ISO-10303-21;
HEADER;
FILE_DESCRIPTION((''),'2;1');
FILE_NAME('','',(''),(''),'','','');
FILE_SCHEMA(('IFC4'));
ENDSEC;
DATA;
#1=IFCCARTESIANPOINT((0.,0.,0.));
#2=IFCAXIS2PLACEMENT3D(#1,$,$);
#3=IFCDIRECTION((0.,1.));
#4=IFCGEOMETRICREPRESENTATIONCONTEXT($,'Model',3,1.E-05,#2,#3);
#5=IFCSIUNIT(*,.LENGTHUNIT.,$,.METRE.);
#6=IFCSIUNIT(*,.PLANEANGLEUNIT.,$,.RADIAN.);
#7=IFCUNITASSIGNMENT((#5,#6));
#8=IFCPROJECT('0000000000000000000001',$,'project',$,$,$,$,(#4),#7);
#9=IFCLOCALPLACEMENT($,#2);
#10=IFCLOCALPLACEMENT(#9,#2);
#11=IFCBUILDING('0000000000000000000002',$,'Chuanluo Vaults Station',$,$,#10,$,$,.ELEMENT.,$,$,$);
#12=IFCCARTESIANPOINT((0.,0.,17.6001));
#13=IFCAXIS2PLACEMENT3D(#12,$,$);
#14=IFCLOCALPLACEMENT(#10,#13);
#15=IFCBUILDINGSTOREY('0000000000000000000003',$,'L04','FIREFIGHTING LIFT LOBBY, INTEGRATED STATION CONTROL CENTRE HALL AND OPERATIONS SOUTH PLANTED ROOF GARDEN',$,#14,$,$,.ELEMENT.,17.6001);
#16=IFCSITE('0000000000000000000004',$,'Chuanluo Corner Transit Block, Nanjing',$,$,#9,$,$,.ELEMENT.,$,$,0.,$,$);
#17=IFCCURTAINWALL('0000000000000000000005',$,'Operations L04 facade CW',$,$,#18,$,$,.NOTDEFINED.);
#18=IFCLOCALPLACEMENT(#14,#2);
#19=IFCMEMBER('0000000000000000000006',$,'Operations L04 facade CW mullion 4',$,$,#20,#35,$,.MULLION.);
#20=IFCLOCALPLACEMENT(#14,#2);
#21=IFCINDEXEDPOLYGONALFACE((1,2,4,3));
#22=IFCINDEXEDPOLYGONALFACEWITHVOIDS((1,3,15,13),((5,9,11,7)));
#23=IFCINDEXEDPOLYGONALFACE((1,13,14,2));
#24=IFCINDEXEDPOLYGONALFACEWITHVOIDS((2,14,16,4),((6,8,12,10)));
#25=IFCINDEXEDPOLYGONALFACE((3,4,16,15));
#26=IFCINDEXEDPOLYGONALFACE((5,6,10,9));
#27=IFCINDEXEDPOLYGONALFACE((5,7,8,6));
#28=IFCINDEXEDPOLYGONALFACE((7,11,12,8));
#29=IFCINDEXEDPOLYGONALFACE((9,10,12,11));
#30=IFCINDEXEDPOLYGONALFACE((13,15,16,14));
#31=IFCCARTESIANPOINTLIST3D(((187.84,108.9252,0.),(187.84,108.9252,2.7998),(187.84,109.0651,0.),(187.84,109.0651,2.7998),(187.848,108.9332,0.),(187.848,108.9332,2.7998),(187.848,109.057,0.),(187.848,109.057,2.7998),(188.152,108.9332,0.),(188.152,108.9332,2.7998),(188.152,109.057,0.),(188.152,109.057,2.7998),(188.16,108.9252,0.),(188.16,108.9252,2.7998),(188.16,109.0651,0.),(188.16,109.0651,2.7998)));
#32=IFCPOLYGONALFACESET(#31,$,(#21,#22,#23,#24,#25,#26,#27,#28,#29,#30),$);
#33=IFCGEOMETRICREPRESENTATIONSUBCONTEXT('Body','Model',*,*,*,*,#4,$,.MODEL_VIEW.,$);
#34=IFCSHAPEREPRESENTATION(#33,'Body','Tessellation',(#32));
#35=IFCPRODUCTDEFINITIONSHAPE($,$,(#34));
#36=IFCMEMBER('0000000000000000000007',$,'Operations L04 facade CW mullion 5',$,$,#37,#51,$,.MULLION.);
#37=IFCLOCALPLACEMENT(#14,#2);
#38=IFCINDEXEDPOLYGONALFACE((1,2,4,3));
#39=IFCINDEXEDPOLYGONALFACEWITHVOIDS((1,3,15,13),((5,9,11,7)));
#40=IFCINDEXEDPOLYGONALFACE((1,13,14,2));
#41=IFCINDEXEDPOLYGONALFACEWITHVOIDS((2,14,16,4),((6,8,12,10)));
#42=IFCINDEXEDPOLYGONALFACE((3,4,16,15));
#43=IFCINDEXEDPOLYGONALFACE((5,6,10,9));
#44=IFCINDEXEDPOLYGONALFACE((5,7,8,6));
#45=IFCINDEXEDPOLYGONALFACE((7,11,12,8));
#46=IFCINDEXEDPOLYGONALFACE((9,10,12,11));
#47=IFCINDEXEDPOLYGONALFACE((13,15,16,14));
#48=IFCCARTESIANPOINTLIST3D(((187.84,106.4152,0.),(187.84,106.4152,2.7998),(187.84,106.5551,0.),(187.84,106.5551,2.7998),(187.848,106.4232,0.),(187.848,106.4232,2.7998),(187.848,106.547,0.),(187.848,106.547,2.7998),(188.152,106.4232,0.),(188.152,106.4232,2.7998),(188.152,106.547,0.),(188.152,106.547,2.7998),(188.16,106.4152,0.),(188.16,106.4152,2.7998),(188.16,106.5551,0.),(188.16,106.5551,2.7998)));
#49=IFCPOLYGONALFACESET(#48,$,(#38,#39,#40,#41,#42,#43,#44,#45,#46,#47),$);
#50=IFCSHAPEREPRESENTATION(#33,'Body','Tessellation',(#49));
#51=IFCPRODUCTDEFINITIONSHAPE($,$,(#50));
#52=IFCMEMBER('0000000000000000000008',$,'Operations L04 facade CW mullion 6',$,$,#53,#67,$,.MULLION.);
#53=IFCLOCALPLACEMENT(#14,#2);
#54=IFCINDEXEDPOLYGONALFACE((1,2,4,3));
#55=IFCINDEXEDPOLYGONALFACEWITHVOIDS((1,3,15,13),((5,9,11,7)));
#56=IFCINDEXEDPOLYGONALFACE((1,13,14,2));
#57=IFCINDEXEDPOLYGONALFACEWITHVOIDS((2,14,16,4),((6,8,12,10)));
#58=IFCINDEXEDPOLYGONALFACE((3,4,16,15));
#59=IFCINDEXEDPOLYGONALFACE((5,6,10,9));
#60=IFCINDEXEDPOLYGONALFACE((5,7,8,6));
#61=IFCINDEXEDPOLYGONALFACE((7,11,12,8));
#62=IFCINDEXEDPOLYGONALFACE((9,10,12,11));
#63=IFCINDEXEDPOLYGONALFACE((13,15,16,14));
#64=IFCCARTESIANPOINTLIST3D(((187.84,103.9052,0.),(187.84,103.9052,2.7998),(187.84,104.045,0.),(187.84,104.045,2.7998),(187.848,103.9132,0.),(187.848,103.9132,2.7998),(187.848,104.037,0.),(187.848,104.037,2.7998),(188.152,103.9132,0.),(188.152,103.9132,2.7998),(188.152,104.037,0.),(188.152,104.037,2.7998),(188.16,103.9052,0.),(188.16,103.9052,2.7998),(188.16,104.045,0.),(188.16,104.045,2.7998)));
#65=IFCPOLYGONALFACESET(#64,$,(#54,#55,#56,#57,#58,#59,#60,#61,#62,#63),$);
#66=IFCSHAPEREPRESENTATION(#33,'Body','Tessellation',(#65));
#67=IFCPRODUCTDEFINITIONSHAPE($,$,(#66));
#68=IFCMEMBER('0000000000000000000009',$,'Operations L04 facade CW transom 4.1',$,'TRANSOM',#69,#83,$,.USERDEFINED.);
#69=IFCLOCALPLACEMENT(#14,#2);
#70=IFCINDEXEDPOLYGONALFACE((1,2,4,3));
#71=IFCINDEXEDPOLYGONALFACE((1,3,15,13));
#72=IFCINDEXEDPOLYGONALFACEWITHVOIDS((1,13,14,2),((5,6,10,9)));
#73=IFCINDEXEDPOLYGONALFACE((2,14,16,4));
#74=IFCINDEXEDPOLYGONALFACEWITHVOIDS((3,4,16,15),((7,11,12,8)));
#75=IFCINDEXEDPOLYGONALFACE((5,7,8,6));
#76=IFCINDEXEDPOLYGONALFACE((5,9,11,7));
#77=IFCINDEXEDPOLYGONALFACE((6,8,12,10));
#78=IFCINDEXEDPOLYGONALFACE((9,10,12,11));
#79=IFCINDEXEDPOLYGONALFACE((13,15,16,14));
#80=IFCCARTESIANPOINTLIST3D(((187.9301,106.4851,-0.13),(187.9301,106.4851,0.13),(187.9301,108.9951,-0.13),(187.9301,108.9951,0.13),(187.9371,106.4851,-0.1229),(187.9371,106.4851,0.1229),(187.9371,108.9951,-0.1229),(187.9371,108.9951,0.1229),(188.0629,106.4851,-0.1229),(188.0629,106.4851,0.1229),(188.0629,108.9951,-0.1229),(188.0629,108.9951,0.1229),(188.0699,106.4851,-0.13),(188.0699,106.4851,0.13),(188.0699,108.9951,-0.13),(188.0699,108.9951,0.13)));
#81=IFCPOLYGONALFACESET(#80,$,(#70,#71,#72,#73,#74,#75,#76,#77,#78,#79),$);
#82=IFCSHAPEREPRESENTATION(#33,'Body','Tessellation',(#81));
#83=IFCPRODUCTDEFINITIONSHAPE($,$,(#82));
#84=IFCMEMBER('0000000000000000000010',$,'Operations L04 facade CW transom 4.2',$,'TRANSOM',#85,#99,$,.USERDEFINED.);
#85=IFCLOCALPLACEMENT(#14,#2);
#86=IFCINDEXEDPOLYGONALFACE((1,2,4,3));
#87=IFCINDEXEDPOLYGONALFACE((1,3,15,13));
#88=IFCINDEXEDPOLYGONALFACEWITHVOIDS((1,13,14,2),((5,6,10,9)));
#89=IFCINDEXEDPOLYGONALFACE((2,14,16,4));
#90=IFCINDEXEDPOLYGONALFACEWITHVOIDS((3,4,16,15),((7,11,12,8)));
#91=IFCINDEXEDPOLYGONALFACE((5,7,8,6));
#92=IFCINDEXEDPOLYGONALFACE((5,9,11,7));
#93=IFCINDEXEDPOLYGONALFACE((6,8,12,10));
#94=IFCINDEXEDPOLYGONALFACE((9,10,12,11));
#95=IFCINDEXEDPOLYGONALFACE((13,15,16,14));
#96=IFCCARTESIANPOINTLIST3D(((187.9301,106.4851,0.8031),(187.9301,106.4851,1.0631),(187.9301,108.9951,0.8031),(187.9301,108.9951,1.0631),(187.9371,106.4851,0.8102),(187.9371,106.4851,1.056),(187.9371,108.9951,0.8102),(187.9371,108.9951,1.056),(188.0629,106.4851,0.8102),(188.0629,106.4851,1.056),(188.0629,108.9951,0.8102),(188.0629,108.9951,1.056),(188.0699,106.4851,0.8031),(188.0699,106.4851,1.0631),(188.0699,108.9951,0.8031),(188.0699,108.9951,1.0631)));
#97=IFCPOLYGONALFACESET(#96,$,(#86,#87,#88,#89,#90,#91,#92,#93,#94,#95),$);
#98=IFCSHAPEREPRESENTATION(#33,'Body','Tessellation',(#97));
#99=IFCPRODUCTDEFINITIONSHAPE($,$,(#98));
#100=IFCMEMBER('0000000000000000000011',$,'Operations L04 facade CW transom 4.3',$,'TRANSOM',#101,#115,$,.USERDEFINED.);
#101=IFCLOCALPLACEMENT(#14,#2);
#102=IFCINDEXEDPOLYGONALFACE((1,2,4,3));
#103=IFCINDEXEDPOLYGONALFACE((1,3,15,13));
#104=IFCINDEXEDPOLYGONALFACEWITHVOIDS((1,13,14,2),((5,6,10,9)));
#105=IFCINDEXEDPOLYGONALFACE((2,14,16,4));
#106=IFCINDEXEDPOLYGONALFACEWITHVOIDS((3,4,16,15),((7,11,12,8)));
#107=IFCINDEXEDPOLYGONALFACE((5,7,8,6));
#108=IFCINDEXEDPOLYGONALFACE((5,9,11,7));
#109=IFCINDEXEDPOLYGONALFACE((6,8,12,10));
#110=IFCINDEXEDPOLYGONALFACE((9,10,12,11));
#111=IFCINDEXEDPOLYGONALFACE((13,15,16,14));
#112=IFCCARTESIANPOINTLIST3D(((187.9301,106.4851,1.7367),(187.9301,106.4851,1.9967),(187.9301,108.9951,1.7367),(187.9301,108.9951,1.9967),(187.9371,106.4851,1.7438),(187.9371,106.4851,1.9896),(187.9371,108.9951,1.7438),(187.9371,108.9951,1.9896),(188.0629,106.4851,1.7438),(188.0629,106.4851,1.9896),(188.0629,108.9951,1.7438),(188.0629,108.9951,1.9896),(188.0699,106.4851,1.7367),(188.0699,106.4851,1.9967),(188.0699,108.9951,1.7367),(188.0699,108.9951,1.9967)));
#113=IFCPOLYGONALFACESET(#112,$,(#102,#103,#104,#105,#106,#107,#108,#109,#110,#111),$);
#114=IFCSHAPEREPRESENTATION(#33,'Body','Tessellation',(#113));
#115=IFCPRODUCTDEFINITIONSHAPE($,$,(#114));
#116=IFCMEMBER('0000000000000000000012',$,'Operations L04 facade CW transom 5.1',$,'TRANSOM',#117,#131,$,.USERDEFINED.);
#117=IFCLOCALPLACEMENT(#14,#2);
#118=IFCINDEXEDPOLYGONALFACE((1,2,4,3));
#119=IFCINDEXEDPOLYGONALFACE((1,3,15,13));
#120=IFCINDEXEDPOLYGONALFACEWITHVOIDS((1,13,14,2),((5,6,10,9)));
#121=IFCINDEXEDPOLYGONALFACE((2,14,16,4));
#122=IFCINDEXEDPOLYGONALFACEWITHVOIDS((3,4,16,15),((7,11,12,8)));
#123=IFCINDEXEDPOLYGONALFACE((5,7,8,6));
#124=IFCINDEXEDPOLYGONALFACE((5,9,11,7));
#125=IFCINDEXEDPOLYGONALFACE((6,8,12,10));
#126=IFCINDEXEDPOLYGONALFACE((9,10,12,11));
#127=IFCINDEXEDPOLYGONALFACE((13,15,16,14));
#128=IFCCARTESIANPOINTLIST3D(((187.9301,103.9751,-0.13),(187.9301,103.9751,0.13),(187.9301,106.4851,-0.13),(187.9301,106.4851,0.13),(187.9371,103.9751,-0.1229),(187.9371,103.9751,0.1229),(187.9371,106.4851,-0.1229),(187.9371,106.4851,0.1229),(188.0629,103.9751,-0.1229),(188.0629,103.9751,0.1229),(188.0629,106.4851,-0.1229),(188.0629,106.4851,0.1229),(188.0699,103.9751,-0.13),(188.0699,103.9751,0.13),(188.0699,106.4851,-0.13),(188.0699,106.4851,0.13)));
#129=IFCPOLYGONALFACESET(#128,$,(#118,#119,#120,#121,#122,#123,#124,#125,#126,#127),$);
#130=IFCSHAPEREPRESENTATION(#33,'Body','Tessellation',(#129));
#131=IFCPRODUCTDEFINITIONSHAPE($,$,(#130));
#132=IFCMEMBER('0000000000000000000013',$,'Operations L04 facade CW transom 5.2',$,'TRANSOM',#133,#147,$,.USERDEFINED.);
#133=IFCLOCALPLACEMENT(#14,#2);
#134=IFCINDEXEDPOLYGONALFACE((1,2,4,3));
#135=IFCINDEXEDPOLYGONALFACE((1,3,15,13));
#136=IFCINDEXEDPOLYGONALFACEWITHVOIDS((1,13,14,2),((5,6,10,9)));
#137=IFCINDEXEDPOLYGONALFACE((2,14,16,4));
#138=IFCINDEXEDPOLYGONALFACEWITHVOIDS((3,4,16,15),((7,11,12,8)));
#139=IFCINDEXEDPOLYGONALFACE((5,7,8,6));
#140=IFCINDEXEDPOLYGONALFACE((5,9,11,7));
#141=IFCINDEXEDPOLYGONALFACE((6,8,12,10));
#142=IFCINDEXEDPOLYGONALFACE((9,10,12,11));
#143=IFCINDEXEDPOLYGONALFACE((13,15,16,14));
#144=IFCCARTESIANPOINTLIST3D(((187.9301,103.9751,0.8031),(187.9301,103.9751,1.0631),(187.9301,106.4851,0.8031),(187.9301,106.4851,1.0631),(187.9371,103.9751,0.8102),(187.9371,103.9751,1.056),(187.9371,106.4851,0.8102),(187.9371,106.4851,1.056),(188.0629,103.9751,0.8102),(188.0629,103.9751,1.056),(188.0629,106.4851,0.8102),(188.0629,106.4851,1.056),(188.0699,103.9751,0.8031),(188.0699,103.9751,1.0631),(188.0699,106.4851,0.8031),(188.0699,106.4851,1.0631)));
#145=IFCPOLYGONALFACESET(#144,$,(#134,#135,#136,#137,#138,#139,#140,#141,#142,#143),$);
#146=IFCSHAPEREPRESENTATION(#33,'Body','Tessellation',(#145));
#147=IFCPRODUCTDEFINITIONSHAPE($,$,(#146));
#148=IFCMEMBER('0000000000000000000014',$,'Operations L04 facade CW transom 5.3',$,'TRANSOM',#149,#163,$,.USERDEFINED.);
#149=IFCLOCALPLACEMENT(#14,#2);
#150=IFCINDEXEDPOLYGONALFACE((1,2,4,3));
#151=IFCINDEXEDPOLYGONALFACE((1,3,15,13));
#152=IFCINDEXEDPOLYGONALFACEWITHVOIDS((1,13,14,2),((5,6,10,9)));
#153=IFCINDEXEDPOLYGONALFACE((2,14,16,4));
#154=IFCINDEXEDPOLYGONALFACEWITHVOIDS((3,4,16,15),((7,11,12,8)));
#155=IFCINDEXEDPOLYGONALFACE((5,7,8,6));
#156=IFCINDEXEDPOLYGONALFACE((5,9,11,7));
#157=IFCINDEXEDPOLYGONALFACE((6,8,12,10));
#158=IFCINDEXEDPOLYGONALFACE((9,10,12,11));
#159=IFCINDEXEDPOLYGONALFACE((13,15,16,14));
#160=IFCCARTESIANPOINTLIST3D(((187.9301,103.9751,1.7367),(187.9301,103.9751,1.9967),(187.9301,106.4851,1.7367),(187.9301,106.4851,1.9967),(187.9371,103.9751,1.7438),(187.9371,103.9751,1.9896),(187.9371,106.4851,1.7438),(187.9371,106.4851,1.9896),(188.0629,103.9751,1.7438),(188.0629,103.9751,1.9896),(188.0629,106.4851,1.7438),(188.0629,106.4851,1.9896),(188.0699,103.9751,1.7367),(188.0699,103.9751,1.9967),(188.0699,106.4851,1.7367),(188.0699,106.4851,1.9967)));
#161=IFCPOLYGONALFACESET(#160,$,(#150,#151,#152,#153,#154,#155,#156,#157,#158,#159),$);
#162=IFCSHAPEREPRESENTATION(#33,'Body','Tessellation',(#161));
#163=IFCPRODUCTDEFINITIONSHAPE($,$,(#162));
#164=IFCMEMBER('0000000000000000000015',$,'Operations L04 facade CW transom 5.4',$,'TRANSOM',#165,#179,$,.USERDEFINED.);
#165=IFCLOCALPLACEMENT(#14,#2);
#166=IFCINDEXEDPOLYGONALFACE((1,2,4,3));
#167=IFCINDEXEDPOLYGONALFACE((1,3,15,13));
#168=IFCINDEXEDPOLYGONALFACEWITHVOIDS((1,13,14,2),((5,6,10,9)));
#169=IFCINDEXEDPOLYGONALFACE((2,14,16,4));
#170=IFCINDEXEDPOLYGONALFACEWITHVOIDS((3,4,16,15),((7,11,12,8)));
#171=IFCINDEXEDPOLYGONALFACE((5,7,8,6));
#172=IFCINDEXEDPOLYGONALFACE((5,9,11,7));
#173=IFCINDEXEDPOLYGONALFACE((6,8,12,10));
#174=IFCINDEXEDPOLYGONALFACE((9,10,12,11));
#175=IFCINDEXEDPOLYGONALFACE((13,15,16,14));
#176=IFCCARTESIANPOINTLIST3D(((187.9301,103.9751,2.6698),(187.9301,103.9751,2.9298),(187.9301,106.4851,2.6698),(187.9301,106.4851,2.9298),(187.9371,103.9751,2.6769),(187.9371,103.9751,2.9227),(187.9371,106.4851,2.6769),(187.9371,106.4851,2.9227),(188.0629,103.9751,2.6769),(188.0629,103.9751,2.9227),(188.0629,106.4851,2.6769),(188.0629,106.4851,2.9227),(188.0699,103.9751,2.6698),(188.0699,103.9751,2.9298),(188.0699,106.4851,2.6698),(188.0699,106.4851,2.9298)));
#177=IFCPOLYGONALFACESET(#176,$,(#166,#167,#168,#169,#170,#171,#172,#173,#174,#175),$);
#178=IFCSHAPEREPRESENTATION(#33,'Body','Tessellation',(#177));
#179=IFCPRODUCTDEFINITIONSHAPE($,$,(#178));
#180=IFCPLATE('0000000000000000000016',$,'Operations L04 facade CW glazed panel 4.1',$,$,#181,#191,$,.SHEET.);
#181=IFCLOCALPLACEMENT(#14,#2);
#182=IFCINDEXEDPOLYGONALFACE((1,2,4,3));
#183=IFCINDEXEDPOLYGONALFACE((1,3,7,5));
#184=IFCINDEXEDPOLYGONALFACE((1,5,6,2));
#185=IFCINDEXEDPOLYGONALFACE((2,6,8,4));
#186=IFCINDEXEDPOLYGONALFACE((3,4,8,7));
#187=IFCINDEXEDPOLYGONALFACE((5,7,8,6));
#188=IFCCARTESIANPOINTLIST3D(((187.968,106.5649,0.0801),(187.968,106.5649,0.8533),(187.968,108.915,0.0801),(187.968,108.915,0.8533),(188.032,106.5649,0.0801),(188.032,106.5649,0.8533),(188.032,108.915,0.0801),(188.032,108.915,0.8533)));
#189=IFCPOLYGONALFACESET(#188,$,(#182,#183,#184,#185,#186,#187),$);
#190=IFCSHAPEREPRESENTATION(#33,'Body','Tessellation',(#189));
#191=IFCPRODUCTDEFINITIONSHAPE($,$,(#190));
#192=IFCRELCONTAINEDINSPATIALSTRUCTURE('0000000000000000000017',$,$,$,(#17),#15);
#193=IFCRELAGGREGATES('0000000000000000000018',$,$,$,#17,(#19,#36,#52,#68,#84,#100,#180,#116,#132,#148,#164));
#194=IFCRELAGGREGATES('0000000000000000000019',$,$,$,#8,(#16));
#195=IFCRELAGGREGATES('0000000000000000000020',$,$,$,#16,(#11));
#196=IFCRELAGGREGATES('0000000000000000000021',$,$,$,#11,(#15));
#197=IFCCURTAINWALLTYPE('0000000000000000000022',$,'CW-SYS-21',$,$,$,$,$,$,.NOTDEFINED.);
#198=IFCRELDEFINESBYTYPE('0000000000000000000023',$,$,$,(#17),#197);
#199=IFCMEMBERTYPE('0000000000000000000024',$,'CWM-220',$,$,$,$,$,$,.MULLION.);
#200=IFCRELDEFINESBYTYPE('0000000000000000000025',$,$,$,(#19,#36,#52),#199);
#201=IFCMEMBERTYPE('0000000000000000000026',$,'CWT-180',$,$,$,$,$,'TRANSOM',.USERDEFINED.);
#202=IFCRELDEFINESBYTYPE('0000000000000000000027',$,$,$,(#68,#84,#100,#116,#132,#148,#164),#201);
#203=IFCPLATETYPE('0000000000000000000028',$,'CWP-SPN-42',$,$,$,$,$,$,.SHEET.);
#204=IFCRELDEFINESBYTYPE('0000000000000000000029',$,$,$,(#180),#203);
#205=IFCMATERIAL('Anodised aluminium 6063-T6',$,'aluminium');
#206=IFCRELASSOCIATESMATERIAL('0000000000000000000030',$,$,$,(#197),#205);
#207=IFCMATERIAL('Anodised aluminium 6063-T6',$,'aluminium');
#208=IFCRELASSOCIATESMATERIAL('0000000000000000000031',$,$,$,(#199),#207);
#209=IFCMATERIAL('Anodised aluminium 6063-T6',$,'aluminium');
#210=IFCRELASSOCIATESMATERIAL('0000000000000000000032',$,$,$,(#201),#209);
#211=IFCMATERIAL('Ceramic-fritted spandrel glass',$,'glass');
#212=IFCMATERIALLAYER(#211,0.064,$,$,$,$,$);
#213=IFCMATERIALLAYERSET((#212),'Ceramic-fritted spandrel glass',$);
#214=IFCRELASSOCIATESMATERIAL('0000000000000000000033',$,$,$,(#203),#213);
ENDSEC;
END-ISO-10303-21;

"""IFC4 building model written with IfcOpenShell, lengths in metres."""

from ifc_helpers import new_model, si_unit, direction, frame, origin, origin_2d, place, context, subcontext, project, spatial, rectangle, hollow_rectangle, extrude, material, layer, layer_set, material_profile, profile_set, type_object, element, aggregate, save


model = new_model("IFC4")

# Units and contexts
model_context = context("Model", 3, precision=1e-05, world=origin(), true_north=direction((0.0, 1.0)))
body_context = subcontext(model_context, "Body", "Model", "MODEL_VIEW")
ifc_project = project(units=[si_unit("LENGTHUNIT", "METRE"), si_unit("PLANEANGLEUNIT", "RADIAN")], contexts=[model_context])

# Site, building, storey
site_placement = place(None, origin())
site = spatial("IfcSite", under=ifc_project, at=site_placement, Name="Chuanluo Corner Transit Block, Nanjing", CompositionType="ELEMENT", RefElevation=0.0)
building_placement = place(site_placement, origin())
building = spatial("IfcBuilding", under=site, at=building_placement, Name="Chuanluo Vaults Station", CompositionType="ELEMENT")
storey_placement = place(building_placement, frame((0.0, 0.0, 17.6001)))
storey = spatial("IfcBuildingStorey", under=building, at=storey_placement, Name="L04", Description="FIREFIGHTING LIFT LOBBY, INTEGRATED STATION CONTROL CENTRE HALL AND OPERATIONS SOUTH PLANTED ROOF GARDEN", CompositionType="ELEMENT", Elevation=17.6001)

# Curtain wall, members, plate
ifc_material_1 = material(Name="Anodised aluminium 6063-T6", Category="aluminium")
curtain_wall_type = type_object("IfcCurtainWallType", Name="CW-SYS-21", PredefinedType="NOTDEFINED", material=ifc_material_1)
curtain_wall_placement = place(storey_placement, origin())
curtain_wall = element("IfcCurtainWall", 1, at=curtain_wall_placement, inside=storey, type_object=curtain_wall_type, Name="Operations L04 facade CW", PredefinedType="NOTDEFINED")
ifc_material_2 = material(Name="Anodised aluminium 6063-T6", Category="aluminium")
ifc_material_profile_1 = material_profile(ifc_material_2, hollow_rectangle(XDim=0.1399, YDim=0.3201, WallThickness=0.0081, at=origin_2d()))
ifc_profile_set_1 = profile_set([ifc_material_profile_1], Name="Anodised aluminium 6063-T6")
member_type_1 = type_object("IfcMemberType", Name="CWM-220", PredefinedType="MULLION", material=ifc_profile_set_1)
member_1_placement = place(storey_placement, frame((188.0, 108.9951, 0.0), z_axis=(0.0, 0.0, 1.0), x_axis=(0.0, -1.0, 0.0)))
member_1 = element("IfcMember", 2, at=member_1_placement, type_object=member_type_1, Name="Operations L04 facade CW mullion 4", PredefinedType="MULLION", context=body_context, shape_type="SweptSolid", body=[
    extrude(hollow_rectangle(XDim=0.1399, YDim=0.3201, WallThickness=0.0081, at=origin_2d()), origin(), (0.0, 0.0, 1.0), 2.7998),
])
member_2_placement = place(storey_placement, frame((188.0, 106.4851, 0.0), z_axis=(0.0, 0.0, 1.0), x_axis=(0.0, -1.0, 0.0)))
member_2 = element("IfcMember", 3, at=member_2_placement, type_object=member_type_1, Name="Operations L04 facade CW mullion 5", PredefinedType="MULLION", context=body_context, shape_type="SweptSolid", body=[
    extrude(hollow_rectangle(XDim=0.1399, YDim=0.3201, WallThickness=0.0081, at=origin_2d()), origin(), (0.0, 0.0, 1.0), 2.7998),
])
member_3_placement = place(storey_placement, frame((188.0, 103.9751, 0.0), z_axis=(0.0, 0.0, 1.0), x_axis=(0.0, -1.0, 0.0)))
member_3 = element("IfcMember", 4, at=member_3_placement, type_object=member_type_1, Name="Operations L04 facade CW mullion 6", PredefinedType="MULLION", context=body_context, shape_type="SweptSolid", body=[
    extrude(hollow_rectangle(XDim=0.1399, YDim=0.3201, WallThickness=0.0081, at=origin_2d()), origin(), (0.0, 0.0, 1.0), 2.7998),
])
ifc_material_3 = material(Name="Anodised aluminium 6063-T6", Category="aluminium")
ifc_material_profile_2 = material_profile(ifc_material_3, hollow_rectangle(XDim=0.1399, YDim=0.26, WallThickness=0.0071, at=origin_2d()))
ifc_profile_set_2 = profile_set([ifc_material_profile_2], Name="Anodised aluminium 6063-T6")
member_type_2 = type_object("IfcMemberType", Name="CWT-180", ElementType="TRANSOM", PredefinedType="USERDEFINED", material=ifc_profile_set_2)
member_4_placement = place(storey_placement, frame((188.0, 108.9951, 0.0), z_axis=(0.0, -1.0, 0.0), x_axis=(1.0, 0.0, 0.0)))
member_4 = element("IfcMember", 5, at=member_4_placement, type_object=member_type_2, Name="Operations L04 facade CW transom 4.1", ObjectType="TRANSOM", PredefinedType="USERDEFINED", context=body_context, shape_type="SweptSolid", body=[
    extrude(hollow_rectangle(XDim=0.1399, YDim=0.26, WallThickness=0.0071, at=origin_2d()), origin(), (0.0, 0.0, 1.0), 2.51),
])
member_5_placement = place(storey_placement, frame((188.0, 108.9951, 0.9331), z_axis=(0.0, -1.0, 0.0), x_axis=(1.0, 0.0, 0.0)))
member_5 = element("IfcMember", 6, at=member_5_placement, type_object=member_type_2, Name="Operations L04 facade CW transom 4.2", ObjectType="TRANSOM", PredefinedType="USERDEFINED", context=body_context, shape_type="SweptSolid", body=[
    extrude(hollow_rectangle(XDim=0.1399, YDim=0.26, WallThickness=0.0071, at=origin_2d()), origin(), (0.0, 0.0, 1.0), 2.51),
])
member_6_placement = place(storey_placement, frame((188.0, 108.9951, 1.8667), z_axis=(0.0, -1.0, 0.0), x_axis=(1.0, 0.0, 0.0)))
member_6 = element("IfcMember", 7, at=member_6_placement, type_object=member_type_2, Name="Operations L04 facade CW transom 4.3", ObjectType="TRANSOM", PredefinedType="USERDEFINED", context=body_context, shape_type="SweptSolid", body=[
    extrude(hollow_rectangle(XDim=0.1399, YDim=0.26, WallThickness=0.0071, at=origin_2d()), origin(), (0.0, 0.0, 1.0), 2.51),
])
member_7_placement = place(storey_placement, frame((188.0, 106.4851, 0.0), z_axis=(0.0, -1.0, 0.0), x_axis=(1.0, 0.0, 0.0)))
member_7 = element("IfcMember", 8, at=member_7_placement, type_object=member_type_2, Name="Operations L04 facade CW transom 5.1", ObjectType="TRANSOM", PredefinedType="USERDEFINED", context=body_context, shape_type="SweptSolid", body=[
    extrude(hollow_rectangle(XDim=0.1399, YDim=0.26, WallThickness=0.0071, at=origin_2d()), origin(), (0.0, 0.0, 1.0), 2.51),
])
member_8_placement = place(storey_placement, frame((188.0, 106.4851, 0.9331), z_axis=(0.0, -1.0, 0.0), x_axis=(1.0, 0.0, 0.0)))
member_8 = element("IfcMember", 9, at=member_8_placement, type_object=member_type_2, Name="Operations L04 facade CW transom 5.2", ObjectType="TRANSOM", PredefinedType="USERDEFINED", context=body_context, shape_type="SweptSolid", body=[
    extrude(hollow_rectangle(XDim=0.1399, YDim=0.26, WallThickness=0.0071, at=origin_2d()), origin(), (0.0, 0.0, 1.0), 2.51),
])
member_9_placement = place(storey_placement, frame((188.0, 106.4851, 1.8667), z_axis=(0.0, -1.0, 0.0), x_axis=(1.0, 0.0, 0.0)))
member_9 = element("IfcMember", 10, at=member_9_placement, type_object=member_type_2, Name="Operations L04 facade CW transom 5.3", ObjectType="TRANSOM", PredefinedType="USERDEFINED", context=body_context, shape_type="SweptSolid", body=[
    extrude(hollow_rectangle(XDim=0.1399, YDim=0.26, WallThickness=0.0071, at=origin_2d()), origin(), (0.0, 0.0, 1.0), 2.51),
])
member_10_placement = place(storey_placement, frame((188.0, 106.4851, 2.7998), z_axis=(0.0, -1.0, 0.0), x_axis=(1.0, 0.0, 0.0)))
member_10 = element("IfcMember", 11, at=member_10_placement, type_object=member_type_2, Name="Operations L04 facade CW transom 5.4", ObjectType="TRANSOM", PredefinedType="USERDEFINED", context=body_context, shape_type="SweptSolid", body=[
    extrude(hollow_rectangle(XDim=0.1399, YDim=0.26, WallThickness=0.0071, at=origin_2d()), origin(), (0.0, 0.0, 1.0), 2.51),
])
ifc_material_4 = material(Name="Ceramic-fritted spandrel glass", Category="glass")
ifc_layer_1 = layer(ifc_material_4, 0.064)
ifc_layer_set_1 = layer_set([ifc_layer_1], Name="Ceramic-fritted spandrel glass")
plate_type_1 = type_object("IfcPlateType", Name="CWP-SPN-42", PredefinedType="SHEET", material=ifc_layer_set_1)
plate_1_placement = place(storey_placement, frame((188.0, 107.74, 0.0801), z_axis=(0.0, 0.0, 1.0), x_axis=(0.0, -1.0, 0.0)))
plate_1 = element("IfcPlate", 12, at=plate_1_placement, type_object=plate_type_1, Name="Operations L04 facade CW glazed panel 4.1", PredefinedType="SHEET", context=body_context, shape_type="SweptSolid", body=[
    extrude(rectangle(XDim=2.3501, YDim=0.064, at=origin_2d()), origin(), (0.0, 0.0, 1.0), 0.7732),
])
aggregate(curtain_wall, [member_1, member_2, member_3, member_4, member_5, member_6, plate_1, member_7, member_8, member_9, member_10])

save(model, "model.ifc")
